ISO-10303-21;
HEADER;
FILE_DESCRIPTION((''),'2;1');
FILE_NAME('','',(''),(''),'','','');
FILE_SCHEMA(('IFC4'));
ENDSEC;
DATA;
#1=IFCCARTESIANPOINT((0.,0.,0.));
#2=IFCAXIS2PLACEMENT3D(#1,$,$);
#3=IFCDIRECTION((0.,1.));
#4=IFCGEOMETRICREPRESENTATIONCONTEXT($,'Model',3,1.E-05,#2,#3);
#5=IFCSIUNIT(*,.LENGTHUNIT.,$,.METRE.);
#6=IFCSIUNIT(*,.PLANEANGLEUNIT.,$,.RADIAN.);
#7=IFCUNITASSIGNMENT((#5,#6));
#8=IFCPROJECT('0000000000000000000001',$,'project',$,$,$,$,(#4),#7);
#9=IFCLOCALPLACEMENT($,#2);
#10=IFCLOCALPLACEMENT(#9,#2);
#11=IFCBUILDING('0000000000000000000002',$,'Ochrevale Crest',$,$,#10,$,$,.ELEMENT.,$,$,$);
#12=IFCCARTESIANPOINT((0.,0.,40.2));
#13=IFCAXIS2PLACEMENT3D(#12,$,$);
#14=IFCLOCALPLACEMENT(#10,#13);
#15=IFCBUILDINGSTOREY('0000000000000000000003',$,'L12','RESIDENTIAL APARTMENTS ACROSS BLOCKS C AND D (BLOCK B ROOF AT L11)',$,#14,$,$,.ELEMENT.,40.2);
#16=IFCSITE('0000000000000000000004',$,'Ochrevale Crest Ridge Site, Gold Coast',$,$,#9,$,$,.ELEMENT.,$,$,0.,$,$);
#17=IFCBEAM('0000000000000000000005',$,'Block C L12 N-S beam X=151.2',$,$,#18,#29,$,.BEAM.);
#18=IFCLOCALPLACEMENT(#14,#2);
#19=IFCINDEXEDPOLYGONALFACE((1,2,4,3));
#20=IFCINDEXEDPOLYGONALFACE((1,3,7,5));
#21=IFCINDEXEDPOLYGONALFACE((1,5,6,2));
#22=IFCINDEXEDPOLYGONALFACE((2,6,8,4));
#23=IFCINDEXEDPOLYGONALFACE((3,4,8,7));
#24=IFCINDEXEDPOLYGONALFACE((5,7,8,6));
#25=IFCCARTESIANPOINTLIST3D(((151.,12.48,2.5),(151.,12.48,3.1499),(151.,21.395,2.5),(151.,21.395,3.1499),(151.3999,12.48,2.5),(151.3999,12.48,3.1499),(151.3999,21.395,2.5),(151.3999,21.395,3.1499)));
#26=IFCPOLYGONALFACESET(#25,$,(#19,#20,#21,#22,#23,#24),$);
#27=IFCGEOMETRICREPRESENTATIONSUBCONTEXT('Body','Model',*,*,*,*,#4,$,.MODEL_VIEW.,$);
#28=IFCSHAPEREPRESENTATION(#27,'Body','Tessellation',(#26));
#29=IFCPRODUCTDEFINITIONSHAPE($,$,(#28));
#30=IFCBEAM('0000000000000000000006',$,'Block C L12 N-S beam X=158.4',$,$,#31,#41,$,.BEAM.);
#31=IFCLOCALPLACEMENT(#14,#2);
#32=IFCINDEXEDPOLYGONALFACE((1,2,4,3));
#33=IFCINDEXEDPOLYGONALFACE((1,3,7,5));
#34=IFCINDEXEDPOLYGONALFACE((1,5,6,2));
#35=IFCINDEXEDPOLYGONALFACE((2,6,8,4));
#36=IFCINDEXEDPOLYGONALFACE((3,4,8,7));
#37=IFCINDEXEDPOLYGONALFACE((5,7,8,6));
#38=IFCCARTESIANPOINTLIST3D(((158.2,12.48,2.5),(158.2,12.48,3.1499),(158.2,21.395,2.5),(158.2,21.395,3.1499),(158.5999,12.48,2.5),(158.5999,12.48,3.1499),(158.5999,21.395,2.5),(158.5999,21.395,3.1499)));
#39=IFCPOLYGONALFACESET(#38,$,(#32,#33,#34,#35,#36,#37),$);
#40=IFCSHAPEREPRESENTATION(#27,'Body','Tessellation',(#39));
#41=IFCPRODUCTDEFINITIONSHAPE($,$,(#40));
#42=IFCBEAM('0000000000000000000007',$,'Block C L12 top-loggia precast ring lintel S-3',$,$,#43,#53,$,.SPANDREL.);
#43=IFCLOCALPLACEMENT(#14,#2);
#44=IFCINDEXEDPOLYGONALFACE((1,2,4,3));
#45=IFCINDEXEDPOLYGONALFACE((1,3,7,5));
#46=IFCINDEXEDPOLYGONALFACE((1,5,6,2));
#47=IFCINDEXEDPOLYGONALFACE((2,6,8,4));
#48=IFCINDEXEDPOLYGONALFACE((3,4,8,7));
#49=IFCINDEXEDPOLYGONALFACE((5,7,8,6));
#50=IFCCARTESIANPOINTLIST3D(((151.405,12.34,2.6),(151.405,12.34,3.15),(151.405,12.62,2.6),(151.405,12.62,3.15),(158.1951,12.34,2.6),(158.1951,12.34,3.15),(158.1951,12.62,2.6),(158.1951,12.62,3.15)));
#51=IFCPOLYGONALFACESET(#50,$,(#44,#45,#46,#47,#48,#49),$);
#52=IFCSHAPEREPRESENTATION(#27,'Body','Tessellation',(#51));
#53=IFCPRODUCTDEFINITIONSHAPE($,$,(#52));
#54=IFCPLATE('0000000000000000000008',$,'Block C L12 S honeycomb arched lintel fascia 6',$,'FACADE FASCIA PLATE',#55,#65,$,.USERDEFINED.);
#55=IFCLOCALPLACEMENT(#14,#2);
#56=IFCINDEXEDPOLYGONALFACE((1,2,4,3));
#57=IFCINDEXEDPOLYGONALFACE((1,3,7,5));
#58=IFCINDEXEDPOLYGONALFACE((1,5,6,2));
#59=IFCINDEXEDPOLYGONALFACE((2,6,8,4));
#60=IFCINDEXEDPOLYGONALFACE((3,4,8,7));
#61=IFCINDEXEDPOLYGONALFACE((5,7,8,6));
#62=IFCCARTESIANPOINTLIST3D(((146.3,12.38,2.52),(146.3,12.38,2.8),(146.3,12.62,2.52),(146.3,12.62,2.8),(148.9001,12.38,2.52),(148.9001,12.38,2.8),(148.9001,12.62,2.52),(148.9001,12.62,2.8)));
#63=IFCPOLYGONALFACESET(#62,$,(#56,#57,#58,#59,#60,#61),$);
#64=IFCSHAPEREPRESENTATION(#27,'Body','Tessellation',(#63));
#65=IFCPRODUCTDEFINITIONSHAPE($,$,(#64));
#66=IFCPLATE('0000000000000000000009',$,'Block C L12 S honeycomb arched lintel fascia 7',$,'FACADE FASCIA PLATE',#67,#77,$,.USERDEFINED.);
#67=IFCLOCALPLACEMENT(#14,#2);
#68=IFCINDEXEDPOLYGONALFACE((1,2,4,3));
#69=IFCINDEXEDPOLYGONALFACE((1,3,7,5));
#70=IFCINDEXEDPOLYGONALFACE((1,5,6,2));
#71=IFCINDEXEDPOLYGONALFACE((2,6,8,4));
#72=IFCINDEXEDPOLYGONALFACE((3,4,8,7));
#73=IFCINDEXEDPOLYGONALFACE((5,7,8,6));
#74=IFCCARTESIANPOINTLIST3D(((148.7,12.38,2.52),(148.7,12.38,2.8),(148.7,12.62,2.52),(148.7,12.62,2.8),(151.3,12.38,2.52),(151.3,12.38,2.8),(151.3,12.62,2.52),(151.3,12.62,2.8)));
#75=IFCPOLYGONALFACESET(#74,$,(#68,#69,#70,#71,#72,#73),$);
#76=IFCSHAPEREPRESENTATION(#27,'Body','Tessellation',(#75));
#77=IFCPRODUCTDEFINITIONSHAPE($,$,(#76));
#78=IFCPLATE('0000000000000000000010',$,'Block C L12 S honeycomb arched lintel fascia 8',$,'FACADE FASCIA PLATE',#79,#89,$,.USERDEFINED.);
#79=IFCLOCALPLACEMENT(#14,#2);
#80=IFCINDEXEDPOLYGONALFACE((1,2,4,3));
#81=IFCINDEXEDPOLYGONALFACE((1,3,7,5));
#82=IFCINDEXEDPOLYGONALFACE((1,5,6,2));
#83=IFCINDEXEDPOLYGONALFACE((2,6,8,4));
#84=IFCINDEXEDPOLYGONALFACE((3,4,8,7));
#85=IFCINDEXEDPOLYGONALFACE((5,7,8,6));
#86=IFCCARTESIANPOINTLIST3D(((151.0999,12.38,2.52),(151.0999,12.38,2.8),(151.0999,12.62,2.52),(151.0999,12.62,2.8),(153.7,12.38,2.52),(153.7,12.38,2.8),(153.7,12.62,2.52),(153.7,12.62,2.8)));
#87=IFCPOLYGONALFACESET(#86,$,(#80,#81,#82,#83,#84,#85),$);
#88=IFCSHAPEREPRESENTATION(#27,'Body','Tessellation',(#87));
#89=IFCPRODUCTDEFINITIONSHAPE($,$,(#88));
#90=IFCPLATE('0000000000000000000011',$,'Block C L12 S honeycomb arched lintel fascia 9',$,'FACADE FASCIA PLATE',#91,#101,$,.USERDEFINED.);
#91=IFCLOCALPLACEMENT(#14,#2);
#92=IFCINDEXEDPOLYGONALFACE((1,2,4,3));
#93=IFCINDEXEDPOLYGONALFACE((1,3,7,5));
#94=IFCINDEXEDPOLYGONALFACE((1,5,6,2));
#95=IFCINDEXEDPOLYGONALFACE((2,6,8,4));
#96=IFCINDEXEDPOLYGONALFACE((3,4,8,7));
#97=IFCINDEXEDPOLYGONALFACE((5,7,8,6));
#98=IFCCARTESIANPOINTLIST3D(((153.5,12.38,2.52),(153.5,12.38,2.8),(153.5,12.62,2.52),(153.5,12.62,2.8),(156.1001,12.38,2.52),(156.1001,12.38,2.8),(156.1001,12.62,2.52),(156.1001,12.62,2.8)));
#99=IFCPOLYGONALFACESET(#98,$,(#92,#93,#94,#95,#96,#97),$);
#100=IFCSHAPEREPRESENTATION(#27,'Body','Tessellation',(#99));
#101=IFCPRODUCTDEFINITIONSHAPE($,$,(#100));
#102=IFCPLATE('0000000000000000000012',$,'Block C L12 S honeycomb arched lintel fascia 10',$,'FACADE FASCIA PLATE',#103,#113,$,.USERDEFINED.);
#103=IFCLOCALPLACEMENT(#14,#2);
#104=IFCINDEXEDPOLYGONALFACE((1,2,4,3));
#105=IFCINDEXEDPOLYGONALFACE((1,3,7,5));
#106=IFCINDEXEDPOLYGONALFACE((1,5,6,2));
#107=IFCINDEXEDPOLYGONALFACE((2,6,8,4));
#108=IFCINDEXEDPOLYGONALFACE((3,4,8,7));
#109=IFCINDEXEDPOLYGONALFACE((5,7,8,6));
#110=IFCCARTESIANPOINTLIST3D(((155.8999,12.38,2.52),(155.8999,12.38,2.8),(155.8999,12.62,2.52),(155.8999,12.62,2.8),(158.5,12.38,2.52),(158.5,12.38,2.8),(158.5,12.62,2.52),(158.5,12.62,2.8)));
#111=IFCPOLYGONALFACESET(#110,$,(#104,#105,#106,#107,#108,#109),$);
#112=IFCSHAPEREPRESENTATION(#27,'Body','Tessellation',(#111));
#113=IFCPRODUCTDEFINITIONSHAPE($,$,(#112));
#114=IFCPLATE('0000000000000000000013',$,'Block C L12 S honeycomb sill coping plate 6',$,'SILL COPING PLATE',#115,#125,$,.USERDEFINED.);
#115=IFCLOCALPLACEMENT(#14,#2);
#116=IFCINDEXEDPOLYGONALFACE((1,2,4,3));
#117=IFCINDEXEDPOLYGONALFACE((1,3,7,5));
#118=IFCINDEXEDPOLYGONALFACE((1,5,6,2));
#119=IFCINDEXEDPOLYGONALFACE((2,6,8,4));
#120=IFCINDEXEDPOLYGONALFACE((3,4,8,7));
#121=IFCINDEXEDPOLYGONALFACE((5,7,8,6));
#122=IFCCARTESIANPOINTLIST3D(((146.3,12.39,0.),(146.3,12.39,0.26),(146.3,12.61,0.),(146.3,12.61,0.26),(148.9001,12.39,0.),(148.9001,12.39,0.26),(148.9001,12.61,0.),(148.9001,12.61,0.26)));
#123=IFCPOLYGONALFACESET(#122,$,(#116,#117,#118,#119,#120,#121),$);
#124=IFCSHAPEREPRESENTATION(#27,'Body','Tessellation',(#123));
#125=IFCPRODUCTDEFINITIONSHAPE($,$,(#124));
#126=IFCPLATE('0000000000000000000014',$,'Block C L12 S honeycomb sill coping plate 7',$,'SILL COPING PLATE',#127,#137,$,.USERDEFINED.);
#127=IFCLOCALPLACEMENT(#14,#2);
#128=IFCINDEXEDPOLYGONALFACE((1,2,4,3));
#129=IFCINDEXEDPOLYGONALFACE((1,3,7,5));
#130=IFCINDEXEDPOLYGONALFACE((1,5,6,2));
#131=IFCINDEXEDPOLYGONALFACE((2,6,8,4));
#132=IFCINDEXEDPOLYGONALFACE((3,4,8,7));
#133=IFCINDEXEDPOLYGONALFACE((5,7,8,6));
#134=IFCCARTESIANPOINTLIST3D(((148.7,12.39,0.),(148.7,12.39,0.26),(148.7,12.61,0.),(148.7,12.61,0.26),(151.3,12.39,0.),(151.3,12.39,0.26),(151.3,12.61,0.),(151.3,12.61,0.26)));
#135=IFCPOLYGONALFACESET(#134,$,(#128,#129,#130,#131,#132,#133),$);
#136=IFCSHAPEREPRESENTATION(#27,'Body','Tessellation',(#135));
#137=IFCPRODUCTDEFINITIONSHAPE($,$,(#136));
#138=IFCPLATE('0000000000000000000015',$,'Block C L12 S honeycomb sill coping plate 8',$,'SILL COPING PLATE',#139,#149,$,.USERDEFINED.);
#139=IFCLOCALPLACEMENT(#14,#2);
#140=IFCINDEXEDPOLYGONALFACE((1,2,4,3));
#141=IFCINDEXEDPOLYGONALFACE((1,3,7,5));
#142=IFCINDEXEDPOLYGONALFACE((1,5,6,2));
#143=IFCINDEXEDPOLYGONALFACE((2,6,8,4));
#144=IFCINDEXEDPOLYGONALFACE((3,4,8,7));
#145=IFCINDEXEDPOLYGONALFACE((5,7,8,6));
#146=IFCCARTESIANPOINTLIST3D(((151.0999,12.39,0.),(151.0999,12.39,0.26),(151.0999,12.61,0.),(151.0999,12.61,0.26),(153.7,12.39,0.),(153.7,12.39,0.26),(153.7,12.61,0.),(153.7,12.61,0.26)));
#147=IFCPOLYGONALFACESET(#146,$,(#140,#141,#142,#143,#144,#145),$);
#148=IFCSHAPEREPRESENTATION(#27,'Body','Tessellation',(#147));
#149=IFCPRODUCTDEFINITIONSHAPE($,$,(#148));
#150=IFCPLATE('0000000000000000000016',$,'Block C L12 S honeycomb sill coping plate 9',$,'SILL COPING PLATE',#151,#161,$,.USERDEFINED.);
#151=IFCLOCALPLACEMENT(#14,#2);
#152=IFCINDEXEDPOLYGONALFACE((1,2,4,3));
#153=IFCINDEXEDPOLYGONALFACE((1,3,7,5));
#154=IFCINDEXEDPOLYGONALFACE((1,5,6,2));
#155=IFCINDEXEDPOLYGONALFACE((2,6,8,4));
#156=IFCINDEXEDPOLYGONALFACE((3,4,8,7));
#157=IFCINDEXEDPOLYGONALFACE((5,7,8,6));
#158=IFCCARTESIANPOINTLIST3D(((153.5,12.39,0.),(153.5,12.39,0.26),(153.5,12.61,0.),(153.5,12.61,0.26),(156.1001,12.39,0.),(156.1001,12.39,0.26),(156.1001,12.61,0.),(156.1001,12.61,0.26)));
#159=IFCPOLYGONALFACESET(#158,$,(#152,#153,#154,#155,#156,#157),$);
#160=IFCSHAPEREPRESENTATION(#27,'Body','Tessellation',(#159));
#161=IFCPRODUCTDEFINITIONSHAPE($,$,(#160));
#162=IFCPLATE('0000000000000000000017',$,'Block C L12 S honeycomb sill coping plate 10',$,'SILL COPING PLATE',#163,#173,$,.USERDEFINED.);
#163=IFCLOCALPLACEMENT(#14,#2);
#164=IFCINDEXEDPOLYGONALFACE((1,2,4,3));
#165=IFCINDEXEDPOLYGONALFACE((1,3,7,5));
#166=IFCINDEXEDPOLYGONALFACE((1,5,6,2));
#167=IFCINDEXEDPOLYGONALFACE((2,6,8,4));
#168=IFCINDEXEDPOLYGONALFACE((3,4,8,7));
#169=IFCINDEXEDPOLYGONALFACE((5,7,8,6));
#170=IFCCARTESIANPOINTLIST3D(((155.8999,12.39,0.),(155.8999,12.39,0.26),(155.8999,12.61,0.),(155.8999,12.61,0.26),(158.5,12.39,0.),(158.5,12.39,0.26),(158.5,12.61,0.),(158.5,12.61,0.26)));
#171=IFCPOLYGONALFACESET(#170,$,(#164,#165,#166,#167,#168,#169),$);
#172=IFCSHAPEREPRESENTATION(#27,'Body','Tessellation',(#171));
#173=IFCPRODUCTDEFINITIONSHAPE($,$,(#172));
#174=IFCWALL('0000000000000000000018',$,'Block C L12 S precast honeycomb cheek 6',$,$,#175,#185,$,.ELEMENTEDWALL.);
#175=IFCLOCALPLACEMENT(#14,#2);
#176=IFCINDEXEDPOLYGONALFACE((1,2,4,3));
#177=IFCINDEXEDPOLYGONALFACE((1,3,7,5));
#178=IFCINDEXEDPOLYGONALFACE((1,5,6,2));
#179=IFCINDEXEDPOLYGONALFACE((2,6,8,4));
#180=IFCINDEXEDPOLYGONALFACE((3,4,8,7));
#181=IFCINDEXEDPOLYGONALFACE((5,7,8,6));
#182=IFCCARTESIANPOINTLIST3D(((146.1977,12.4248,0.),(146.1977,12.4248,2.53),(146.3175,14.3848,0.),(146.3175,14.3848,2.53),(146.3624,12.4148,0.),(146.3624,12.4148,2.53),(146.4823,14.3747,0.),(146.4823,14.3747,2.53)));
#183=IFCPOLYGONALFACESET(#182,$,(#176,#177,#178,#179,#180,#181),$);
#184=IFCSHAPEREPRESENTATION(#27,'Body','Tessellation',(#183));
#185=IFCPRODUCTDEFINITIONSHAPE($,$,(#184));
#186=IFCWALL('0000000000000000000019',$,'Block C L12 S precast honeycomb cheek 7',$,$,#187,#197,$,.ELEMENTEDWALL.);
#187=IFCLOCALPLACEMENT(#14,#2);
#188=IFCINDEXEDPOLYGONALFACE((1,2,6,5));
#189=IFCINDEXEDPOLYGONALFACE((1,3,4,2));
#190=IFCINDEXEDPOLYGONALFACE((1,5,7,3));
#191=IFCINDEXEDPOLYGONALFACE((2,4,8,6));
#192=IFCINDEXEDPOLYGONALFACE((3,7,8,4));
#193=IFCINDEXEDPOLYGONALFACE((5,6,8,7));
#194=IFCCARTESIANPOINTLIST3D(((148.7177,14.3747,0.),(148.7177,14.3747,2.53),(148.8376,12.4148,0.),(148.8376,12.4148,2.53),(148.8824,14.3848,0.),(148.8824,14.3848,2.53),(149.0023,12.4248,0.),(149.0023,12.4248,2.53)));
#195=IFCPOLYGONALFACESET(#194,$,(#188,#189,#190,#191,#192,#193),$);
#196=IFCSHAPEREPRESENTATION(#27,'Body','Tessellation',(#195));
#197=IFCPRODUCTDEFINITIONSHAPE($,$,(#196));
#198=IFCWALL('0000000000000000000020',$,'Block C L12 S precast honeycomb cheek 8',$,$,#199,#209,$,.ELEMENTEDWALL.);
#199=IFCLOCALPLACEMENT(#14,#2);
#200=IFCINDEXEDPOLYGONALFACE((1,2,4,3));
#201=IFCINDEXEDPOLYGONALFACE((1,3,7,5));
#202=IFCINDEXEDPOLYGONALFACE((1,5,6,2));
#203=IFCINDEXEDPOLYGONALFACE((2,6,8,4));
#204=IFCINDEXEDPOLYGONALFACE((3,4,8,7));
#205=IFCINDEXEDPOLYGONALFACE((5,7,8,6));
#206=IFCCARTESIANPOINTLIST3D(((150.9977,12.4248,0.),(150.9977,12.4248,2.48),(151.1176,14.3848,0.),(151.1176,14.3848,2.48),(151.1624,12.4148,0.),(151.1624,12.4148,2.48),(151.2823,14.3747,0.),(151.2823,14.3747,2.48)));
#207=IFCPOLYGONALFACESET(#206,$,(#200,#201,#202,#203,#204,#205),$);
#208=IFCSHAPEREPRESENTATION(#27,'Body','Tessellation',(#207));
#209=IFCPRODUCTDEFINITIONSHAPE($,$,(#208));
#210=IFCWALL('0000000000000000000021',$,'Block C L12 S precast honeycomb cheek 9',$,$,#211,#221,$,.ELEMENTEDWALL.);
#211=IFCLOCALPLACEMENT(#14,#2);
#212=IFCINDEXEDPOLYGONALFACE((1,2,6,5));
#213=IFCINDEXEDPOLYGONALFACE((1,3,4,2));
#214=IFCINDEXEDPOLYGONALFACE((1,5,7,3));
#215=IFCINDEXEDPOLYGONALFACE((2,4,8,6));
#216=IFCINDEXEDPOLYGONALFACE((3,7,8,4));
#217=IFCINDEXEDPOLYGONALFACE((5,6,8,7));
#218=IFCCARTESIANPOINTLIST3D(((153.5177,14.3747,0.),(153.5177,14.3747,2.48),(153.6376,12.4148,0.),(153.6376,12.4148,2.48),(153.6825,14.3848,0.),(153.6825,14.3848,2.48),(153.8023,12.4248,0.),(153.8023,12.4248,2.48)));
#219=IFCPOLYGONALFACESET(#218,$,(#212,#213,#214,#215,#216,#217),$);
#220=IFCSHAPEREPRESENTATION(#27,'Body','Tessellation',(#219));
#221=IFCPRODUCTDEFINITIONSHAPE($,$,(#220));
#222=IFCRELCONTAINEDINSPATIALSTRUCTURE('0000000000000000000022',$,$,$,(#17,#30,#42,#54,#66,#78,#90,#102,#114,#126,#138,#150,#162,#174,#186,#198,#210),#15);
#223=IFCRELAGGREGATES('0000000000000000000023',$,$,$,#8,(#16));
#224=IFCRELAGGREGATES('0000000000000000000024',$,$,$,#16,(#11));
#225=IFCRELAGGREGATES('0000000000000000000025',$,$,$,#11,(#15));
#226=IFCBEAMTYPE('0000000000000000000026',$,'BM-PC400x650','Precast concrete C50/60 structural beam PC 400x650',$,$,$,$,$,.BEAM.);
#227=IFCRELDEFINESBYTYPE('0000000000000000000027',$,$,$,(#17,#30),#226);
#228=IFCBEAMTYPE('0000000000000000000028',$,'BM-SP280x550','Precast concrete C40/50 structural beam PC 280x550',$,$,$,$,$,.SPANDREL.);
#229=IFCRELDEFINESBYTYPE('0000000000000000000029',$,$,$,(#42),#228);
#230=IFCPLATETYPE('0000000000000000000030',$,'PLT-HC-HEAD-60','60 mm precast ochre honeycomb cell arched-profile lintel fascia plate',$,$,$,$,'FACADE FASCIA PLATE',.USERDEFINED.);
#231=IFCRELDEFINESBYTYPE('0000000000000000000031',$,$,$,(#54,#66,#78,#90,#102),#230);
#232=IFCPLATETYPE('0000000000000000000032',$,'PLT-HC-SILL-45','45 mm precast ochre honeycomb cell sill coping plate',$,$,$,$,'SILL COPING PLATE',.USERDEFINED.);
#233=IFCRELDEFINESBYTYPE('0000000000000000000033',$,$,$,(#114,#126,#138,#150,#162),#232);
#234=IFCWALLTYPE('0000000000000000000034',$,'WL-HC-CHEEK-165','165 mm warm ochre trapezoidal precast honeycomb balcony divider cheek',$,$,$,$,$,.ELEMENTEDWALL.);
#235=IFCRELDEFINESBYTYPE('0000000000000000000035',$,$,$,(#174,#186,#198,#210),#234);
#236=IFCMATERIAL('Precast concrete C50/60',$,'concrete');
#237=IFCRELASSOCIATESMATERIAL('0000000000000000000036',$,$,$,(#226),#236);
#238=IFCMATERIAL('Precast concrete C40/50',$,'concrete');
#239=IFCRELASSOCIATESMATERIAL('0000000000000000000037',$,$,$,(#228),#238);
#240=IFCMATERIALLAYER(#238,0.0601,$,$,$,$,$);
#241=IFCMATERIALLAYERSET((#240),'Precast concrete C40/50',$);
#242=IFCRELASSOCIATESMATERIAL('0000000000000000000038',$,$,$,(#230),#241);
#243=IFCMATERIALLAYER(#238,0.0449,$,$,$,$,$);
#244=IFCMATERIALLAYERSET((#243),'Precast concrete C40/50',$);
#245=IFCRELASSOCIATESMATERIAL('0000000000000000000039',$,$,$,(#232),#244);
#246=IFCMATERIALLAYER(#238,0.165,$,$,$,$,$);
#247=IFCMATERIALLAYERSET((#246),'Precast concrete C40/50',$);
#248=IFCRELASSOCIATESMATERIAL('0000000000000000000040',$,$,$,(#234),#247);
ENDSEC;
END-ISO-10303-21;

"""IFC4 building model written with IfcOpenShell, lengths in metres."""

from ifc_helpers import new_model, si_unit, direction, frame, frame_2d, origin, origin_2d, place, context, subcontext, project, spatial, rectangle, extrude, material, layer, layer_set, material_profile, profile_set, type_object, element, save


model = new_model("IFC4")

# Units and contexts
model_context = context("Model", 3, precision=1e-05, world=origin(), true_north=direction((0.0, 1.0)))
body_context = subcontext(model_context, "Body", "Model", "MODEL_VIEW")
ifc_project = project(units=[si_unit("LENGTHUNIT", "METRE"), si_unit("PLANEANGLEUNIT", "RADIAN")], contexts=[model_context])

# Site, building, storey
site_placement = place(None, origin())
site = spatial("IfcSite", under=ifc_project, at=site_placement, Name="Ochrevale Crest Ridge Site, Gold Coast", CompositionType="ELEMENT", RefElevation=0.0)
building_placement = place(site_placement, origin())
building = spatial("IfcBuilding", under=site, at=building_placement, Name="Ochrevale Crest", CompositionType="ELEMENT")
storey_placement = place(building_placement, frame((0.0, 0.0, 40.2)))
storey = spatial("IfcBuildingStorey", under=building, at=storey_placement, Name="L12", Description="RESIDENTIAL APARTMENTS ACROSS BLOCKS C AND D (BLOCK B ROOF AT L11)", CompositionType="ELEMENT", Elevation=40.2)

# Beams
ifc_material_1 = material(Name="Precast concrete C50/60", Category="concrete")
ifc_material_profile_1 = material_profile(ifc_material_1, rectangle(XDim=0.3999, YDim=0.6499, at=origin_2d()), Name="PC 400x650")
ifc_profile_set_1 = profile_set([ifc_material_profile_1], Name="Precast concrete C50/60")
beam_type_1 = type_object("IfcBeamType", Name="BM-PC400x650", Description="Precast concrete C50/60 structural beam PC 400x650", PredefinedType="BEAM", material=ifc_profile_set_1)
for number, where, z_axis, x_axis, name in (
    (1, (151.2, 12.48, 2.825), (0.0, 1.0, 0.0), (-1.0, 0.0, 0.0), "Block C L12 N-S beam X=151.2"),
    (2, (158.3999, 12.48, 2.825), (0.0, 1.0, 0.0), (-1.0, 0.0, 0.0), "Block C L12 N-S beam X=158.4"),
):
    element("IfcBeam", number, at=place(storey_placement, frame(where, z_axis=z_axis, x_axis=x_axis)), inside=storey, type_object=beam_type_1, Name=name, PredefinedType="BEAM", context=body_context, shape_type="SweptSolid", body=[
        extrude(rectangle(XDim=0.3999, YDim=0.6499, at=origin_2d()), origin(), (0.0, 0.0, 1.0), 8.915),
    ])
ifc_material_2 = material(Name="Precast concrete C40/50", Category="concrete")
ifc_material_profile_2 = material_profile(ifc_material_2, rectangle(XDim=0.28, YDim=0.55, at=origin_2d()), Name="PC 280x550")
ifc_profile_set_2 = profile_set([ifc_material_profile_2], Name="Precast concrete C40/50")
beam_type_2 = type_object("IfcBeamType", Name="BM-SP280x550", Description="Precast concrete C40/50 structural beam PC 280x550", PredefinedType="SPANDREL", material=ifc_profile_set_2)
beam_placement = place(storey_placement, frame((151.405, 12.48, 2.875), z_axis=(1.0, 0.0, 0.0), x_axis=(0.0, 1.0, 0.0)))
element("IfcBeam", 3, at=beam_placement, inside=storey, type_object=beam_type_2, Name="Block C L12 top-loggia precast ring lintel S-3", PredefinedType="SPANDREL", context=body_context, shape_type="SweptSolid", body=[
    extrude(rectangle(XDim=0.28, YDim=0.55, at=origin_2d()), origin(), (0.0, 0.0, 1.0), 6.79),
])

# Plates
ifc_layer_1 = layer(ifc_material_2, 0.0601)
ifc_layer_set_1 = layer_set([ifc_layer_1], Name="Precast concrete C40/50")
plate_type_1 = type_object("IfcPlateType", Name="PLT-HC-HEAD-60", Description="60 mm precast ochre honeycomb cell arched-profile lintel fascia plate", ElementType="FACADE FASCIA PLATE", PredefinedType="USERDEFINED", material=ifc_layer_set_1)
for number, where, z_axis, x_axis, name in (
    (4, (147.6001, 12.5, 2.52), (0.0, 0.0, 1.0), (1.0, 0.0, 0.0), "Block C L12 S honeycomb arched lintel fascia 6"),
    (5, (150.0, 12.5, 2.52), (0.0, 0.0, 1.0), (1.0, 0.0, 0.0), "Block C L12 S honeycomb arched lintel fascia 7"),
    (6, (152.3999, 12.5, 2.52), (0.0, 0.0, 1.0), (1.0, 0.0, 0.0), "Block C L12 S honeycomb arched lintel fascia 8"),
    (7, (154.8, 12.5, 2.52), (0.0, 0.0, 1.0), (1.0, 0.0, 0.0), "Block C L12 S honeycomb arched lintel fascia 9"),
    (8, (157.2, 12.5, 2.52), (0.0, 0.0, 1.0), (1.0, 0.0, 0.0), "Block C L12 S honeycomb arched lintel fascia 10"),
):
    element("IfcPlate", number, at=place(storey_placement, frame(where, z_axis=z_axis, x_axis=x_axis)), inside=storey, type_object=plate_type_1, Name=name, ObjectType="FACADE FASCIA PLATE", PredefinedType="USERDEFINED", context=body_context, shape_type="SweptSolid", body=[
        extrude(rectangle(XDim=2.6001, YDim=0.24, at=origin_2d()), origin(), (0.0, 0.0, 1.0), 0.28),
    ])
ifc_layer_2 = layer(ifc_material_2, 0.0449)
ifc_layer_set_2 = layer_set([ifc_layer_2], Name="Precast concrete C40/50")
plate_type_2 = type_object("IfcPlateType", Name="PLT-HC-SILL-45", Description="45 mm precast ochre honeycomb cell sill coping plate", ElementType="SILL COPING PLATE", PredefinedType="USERDEFINED", material=ifc_layer_set_2)
for number, where, z_axis, x_axis, name in (
    (9, (147.6001, 12.5, 0.0), (0.0, 0.0, 1.0), (1.0, 0.0, 0.0), "Block C L12 S honeycomb sill coping plate 6"),
    (10, (150.0, 12.5, 0.0), (0.0, 0.0, 1.0), (1.0, 0.0, 0.0), "Block C L12 S honeycomb sill coping plate 7"),
    (11, (152.3999, 12.5, 0.0), (0.0, 0.0, 1.0), (1.0, 0.0, 0.0), "Block C L12 S honeycomb sill coping plate 8"),
    (12, (154.8, 12.5, 0.0), (0.0, 0.0, 1.0), (1.0, 0.0, 0.0), "Block C L12 S honeycomb sill coping plate 9"),
    (13, (157.2, 12.5, 0.0), (0.0, 0.0, 1.0), (1.0, 0.0, 0.0), "Block C L12 S honeycomb sill coping plate 10"),
):
    element("IfcPlate", number, at=place(storey_placement, frame(where, z_axis=z_axis, x_axis=x_axis)), inside=storey, type_object=plate_type_2, Name=name, ObjectType="SILL COPING PLATE", PredefinedType="USERDEFINED", context=body_context, shape_type="SweptSolid", body=[
        extrude(rectangle(XDim=2.6001, YDim=0.22, at=origin_2d()), origin(), (0.0, 0.0, 1.0), 0.26),
    ])

# Walls
ifc_layer_3 = layer(ifc_material_2, 0.165)
ifc_layer_set_3 = layer_set([ifc_layer_3], Name="Precast concrete C40/50")
wall_type = type_object("IfcWallType", Name="WL-HC-CHEEK-165", Description="165 mm warm ochre trapezoidal precast honeycomb balcony divider cheek", PredefinedType="ELEMENTEDWALL", material=ifc_layer_set_3)
for number, where, z_axis, x_axis, name in (
    (14, (146.3999, 14.3799, 0.0), (0.0, 0.0, 1.0), (-0.061047, -0.998135, 0.0), "Block C L12 S precast honeycomb cheek 6"),
    (15, (148.8, 14.3799, 0.0), (0.0, 0.0, 1.0), (0.061047, -0.998135, 0.0), "Block C L12 S precast honeycomb cheek 7"),
):
    element("IfcWall", number, at=place(storey_placement, frame(where, z_axis=z_axis, x_axis=x_axis)), inside=storey, type_object=wall_type, Name=name, PredefinedType="ELEMENTEDWALL", context=body_context, shape_type="SweptSolid", body=[
        extrude(rectangle(XDim=1.9636, YDim=0.165, at=frame_2d((0.9819, 0.0))), origin(), (0.0, 0.0, 1.0), 2.53),
    ])
for number, where, z_axis, x_axis, name in (
    (16, (151.2, 14.3799, 0.0), (0.0, 0.0, 1.0), (-0.061047, -0.998135, 0.0), "Block C L12 S precast honeycomb cheek 8"),
    (17, (153.6001, 14.3799, 0.0), (0.0, 0.0, 1.0), (0.061047, -0.998135, 0.0), "Block C L12 S precast honeycomb cheek 9"),
):
    element("IfcWall", number, at=place(storey_placement, frame(where, z_axis=z_axis, x_axis=x_axis)), inside=storey, type_object=wall_type, Name=name, PredefinedType="ELEMENTEDWALL", context=body_context, shape_type="SweptSolid", body=[
        extrude(rectangle(XDim=1.9636, YDim=0.165, at=frame_2d((0.9819, 0.0))), origin(), (0.0, 0.0, 1.0), 2.48),
    ])

save(model, "model.ifc")
